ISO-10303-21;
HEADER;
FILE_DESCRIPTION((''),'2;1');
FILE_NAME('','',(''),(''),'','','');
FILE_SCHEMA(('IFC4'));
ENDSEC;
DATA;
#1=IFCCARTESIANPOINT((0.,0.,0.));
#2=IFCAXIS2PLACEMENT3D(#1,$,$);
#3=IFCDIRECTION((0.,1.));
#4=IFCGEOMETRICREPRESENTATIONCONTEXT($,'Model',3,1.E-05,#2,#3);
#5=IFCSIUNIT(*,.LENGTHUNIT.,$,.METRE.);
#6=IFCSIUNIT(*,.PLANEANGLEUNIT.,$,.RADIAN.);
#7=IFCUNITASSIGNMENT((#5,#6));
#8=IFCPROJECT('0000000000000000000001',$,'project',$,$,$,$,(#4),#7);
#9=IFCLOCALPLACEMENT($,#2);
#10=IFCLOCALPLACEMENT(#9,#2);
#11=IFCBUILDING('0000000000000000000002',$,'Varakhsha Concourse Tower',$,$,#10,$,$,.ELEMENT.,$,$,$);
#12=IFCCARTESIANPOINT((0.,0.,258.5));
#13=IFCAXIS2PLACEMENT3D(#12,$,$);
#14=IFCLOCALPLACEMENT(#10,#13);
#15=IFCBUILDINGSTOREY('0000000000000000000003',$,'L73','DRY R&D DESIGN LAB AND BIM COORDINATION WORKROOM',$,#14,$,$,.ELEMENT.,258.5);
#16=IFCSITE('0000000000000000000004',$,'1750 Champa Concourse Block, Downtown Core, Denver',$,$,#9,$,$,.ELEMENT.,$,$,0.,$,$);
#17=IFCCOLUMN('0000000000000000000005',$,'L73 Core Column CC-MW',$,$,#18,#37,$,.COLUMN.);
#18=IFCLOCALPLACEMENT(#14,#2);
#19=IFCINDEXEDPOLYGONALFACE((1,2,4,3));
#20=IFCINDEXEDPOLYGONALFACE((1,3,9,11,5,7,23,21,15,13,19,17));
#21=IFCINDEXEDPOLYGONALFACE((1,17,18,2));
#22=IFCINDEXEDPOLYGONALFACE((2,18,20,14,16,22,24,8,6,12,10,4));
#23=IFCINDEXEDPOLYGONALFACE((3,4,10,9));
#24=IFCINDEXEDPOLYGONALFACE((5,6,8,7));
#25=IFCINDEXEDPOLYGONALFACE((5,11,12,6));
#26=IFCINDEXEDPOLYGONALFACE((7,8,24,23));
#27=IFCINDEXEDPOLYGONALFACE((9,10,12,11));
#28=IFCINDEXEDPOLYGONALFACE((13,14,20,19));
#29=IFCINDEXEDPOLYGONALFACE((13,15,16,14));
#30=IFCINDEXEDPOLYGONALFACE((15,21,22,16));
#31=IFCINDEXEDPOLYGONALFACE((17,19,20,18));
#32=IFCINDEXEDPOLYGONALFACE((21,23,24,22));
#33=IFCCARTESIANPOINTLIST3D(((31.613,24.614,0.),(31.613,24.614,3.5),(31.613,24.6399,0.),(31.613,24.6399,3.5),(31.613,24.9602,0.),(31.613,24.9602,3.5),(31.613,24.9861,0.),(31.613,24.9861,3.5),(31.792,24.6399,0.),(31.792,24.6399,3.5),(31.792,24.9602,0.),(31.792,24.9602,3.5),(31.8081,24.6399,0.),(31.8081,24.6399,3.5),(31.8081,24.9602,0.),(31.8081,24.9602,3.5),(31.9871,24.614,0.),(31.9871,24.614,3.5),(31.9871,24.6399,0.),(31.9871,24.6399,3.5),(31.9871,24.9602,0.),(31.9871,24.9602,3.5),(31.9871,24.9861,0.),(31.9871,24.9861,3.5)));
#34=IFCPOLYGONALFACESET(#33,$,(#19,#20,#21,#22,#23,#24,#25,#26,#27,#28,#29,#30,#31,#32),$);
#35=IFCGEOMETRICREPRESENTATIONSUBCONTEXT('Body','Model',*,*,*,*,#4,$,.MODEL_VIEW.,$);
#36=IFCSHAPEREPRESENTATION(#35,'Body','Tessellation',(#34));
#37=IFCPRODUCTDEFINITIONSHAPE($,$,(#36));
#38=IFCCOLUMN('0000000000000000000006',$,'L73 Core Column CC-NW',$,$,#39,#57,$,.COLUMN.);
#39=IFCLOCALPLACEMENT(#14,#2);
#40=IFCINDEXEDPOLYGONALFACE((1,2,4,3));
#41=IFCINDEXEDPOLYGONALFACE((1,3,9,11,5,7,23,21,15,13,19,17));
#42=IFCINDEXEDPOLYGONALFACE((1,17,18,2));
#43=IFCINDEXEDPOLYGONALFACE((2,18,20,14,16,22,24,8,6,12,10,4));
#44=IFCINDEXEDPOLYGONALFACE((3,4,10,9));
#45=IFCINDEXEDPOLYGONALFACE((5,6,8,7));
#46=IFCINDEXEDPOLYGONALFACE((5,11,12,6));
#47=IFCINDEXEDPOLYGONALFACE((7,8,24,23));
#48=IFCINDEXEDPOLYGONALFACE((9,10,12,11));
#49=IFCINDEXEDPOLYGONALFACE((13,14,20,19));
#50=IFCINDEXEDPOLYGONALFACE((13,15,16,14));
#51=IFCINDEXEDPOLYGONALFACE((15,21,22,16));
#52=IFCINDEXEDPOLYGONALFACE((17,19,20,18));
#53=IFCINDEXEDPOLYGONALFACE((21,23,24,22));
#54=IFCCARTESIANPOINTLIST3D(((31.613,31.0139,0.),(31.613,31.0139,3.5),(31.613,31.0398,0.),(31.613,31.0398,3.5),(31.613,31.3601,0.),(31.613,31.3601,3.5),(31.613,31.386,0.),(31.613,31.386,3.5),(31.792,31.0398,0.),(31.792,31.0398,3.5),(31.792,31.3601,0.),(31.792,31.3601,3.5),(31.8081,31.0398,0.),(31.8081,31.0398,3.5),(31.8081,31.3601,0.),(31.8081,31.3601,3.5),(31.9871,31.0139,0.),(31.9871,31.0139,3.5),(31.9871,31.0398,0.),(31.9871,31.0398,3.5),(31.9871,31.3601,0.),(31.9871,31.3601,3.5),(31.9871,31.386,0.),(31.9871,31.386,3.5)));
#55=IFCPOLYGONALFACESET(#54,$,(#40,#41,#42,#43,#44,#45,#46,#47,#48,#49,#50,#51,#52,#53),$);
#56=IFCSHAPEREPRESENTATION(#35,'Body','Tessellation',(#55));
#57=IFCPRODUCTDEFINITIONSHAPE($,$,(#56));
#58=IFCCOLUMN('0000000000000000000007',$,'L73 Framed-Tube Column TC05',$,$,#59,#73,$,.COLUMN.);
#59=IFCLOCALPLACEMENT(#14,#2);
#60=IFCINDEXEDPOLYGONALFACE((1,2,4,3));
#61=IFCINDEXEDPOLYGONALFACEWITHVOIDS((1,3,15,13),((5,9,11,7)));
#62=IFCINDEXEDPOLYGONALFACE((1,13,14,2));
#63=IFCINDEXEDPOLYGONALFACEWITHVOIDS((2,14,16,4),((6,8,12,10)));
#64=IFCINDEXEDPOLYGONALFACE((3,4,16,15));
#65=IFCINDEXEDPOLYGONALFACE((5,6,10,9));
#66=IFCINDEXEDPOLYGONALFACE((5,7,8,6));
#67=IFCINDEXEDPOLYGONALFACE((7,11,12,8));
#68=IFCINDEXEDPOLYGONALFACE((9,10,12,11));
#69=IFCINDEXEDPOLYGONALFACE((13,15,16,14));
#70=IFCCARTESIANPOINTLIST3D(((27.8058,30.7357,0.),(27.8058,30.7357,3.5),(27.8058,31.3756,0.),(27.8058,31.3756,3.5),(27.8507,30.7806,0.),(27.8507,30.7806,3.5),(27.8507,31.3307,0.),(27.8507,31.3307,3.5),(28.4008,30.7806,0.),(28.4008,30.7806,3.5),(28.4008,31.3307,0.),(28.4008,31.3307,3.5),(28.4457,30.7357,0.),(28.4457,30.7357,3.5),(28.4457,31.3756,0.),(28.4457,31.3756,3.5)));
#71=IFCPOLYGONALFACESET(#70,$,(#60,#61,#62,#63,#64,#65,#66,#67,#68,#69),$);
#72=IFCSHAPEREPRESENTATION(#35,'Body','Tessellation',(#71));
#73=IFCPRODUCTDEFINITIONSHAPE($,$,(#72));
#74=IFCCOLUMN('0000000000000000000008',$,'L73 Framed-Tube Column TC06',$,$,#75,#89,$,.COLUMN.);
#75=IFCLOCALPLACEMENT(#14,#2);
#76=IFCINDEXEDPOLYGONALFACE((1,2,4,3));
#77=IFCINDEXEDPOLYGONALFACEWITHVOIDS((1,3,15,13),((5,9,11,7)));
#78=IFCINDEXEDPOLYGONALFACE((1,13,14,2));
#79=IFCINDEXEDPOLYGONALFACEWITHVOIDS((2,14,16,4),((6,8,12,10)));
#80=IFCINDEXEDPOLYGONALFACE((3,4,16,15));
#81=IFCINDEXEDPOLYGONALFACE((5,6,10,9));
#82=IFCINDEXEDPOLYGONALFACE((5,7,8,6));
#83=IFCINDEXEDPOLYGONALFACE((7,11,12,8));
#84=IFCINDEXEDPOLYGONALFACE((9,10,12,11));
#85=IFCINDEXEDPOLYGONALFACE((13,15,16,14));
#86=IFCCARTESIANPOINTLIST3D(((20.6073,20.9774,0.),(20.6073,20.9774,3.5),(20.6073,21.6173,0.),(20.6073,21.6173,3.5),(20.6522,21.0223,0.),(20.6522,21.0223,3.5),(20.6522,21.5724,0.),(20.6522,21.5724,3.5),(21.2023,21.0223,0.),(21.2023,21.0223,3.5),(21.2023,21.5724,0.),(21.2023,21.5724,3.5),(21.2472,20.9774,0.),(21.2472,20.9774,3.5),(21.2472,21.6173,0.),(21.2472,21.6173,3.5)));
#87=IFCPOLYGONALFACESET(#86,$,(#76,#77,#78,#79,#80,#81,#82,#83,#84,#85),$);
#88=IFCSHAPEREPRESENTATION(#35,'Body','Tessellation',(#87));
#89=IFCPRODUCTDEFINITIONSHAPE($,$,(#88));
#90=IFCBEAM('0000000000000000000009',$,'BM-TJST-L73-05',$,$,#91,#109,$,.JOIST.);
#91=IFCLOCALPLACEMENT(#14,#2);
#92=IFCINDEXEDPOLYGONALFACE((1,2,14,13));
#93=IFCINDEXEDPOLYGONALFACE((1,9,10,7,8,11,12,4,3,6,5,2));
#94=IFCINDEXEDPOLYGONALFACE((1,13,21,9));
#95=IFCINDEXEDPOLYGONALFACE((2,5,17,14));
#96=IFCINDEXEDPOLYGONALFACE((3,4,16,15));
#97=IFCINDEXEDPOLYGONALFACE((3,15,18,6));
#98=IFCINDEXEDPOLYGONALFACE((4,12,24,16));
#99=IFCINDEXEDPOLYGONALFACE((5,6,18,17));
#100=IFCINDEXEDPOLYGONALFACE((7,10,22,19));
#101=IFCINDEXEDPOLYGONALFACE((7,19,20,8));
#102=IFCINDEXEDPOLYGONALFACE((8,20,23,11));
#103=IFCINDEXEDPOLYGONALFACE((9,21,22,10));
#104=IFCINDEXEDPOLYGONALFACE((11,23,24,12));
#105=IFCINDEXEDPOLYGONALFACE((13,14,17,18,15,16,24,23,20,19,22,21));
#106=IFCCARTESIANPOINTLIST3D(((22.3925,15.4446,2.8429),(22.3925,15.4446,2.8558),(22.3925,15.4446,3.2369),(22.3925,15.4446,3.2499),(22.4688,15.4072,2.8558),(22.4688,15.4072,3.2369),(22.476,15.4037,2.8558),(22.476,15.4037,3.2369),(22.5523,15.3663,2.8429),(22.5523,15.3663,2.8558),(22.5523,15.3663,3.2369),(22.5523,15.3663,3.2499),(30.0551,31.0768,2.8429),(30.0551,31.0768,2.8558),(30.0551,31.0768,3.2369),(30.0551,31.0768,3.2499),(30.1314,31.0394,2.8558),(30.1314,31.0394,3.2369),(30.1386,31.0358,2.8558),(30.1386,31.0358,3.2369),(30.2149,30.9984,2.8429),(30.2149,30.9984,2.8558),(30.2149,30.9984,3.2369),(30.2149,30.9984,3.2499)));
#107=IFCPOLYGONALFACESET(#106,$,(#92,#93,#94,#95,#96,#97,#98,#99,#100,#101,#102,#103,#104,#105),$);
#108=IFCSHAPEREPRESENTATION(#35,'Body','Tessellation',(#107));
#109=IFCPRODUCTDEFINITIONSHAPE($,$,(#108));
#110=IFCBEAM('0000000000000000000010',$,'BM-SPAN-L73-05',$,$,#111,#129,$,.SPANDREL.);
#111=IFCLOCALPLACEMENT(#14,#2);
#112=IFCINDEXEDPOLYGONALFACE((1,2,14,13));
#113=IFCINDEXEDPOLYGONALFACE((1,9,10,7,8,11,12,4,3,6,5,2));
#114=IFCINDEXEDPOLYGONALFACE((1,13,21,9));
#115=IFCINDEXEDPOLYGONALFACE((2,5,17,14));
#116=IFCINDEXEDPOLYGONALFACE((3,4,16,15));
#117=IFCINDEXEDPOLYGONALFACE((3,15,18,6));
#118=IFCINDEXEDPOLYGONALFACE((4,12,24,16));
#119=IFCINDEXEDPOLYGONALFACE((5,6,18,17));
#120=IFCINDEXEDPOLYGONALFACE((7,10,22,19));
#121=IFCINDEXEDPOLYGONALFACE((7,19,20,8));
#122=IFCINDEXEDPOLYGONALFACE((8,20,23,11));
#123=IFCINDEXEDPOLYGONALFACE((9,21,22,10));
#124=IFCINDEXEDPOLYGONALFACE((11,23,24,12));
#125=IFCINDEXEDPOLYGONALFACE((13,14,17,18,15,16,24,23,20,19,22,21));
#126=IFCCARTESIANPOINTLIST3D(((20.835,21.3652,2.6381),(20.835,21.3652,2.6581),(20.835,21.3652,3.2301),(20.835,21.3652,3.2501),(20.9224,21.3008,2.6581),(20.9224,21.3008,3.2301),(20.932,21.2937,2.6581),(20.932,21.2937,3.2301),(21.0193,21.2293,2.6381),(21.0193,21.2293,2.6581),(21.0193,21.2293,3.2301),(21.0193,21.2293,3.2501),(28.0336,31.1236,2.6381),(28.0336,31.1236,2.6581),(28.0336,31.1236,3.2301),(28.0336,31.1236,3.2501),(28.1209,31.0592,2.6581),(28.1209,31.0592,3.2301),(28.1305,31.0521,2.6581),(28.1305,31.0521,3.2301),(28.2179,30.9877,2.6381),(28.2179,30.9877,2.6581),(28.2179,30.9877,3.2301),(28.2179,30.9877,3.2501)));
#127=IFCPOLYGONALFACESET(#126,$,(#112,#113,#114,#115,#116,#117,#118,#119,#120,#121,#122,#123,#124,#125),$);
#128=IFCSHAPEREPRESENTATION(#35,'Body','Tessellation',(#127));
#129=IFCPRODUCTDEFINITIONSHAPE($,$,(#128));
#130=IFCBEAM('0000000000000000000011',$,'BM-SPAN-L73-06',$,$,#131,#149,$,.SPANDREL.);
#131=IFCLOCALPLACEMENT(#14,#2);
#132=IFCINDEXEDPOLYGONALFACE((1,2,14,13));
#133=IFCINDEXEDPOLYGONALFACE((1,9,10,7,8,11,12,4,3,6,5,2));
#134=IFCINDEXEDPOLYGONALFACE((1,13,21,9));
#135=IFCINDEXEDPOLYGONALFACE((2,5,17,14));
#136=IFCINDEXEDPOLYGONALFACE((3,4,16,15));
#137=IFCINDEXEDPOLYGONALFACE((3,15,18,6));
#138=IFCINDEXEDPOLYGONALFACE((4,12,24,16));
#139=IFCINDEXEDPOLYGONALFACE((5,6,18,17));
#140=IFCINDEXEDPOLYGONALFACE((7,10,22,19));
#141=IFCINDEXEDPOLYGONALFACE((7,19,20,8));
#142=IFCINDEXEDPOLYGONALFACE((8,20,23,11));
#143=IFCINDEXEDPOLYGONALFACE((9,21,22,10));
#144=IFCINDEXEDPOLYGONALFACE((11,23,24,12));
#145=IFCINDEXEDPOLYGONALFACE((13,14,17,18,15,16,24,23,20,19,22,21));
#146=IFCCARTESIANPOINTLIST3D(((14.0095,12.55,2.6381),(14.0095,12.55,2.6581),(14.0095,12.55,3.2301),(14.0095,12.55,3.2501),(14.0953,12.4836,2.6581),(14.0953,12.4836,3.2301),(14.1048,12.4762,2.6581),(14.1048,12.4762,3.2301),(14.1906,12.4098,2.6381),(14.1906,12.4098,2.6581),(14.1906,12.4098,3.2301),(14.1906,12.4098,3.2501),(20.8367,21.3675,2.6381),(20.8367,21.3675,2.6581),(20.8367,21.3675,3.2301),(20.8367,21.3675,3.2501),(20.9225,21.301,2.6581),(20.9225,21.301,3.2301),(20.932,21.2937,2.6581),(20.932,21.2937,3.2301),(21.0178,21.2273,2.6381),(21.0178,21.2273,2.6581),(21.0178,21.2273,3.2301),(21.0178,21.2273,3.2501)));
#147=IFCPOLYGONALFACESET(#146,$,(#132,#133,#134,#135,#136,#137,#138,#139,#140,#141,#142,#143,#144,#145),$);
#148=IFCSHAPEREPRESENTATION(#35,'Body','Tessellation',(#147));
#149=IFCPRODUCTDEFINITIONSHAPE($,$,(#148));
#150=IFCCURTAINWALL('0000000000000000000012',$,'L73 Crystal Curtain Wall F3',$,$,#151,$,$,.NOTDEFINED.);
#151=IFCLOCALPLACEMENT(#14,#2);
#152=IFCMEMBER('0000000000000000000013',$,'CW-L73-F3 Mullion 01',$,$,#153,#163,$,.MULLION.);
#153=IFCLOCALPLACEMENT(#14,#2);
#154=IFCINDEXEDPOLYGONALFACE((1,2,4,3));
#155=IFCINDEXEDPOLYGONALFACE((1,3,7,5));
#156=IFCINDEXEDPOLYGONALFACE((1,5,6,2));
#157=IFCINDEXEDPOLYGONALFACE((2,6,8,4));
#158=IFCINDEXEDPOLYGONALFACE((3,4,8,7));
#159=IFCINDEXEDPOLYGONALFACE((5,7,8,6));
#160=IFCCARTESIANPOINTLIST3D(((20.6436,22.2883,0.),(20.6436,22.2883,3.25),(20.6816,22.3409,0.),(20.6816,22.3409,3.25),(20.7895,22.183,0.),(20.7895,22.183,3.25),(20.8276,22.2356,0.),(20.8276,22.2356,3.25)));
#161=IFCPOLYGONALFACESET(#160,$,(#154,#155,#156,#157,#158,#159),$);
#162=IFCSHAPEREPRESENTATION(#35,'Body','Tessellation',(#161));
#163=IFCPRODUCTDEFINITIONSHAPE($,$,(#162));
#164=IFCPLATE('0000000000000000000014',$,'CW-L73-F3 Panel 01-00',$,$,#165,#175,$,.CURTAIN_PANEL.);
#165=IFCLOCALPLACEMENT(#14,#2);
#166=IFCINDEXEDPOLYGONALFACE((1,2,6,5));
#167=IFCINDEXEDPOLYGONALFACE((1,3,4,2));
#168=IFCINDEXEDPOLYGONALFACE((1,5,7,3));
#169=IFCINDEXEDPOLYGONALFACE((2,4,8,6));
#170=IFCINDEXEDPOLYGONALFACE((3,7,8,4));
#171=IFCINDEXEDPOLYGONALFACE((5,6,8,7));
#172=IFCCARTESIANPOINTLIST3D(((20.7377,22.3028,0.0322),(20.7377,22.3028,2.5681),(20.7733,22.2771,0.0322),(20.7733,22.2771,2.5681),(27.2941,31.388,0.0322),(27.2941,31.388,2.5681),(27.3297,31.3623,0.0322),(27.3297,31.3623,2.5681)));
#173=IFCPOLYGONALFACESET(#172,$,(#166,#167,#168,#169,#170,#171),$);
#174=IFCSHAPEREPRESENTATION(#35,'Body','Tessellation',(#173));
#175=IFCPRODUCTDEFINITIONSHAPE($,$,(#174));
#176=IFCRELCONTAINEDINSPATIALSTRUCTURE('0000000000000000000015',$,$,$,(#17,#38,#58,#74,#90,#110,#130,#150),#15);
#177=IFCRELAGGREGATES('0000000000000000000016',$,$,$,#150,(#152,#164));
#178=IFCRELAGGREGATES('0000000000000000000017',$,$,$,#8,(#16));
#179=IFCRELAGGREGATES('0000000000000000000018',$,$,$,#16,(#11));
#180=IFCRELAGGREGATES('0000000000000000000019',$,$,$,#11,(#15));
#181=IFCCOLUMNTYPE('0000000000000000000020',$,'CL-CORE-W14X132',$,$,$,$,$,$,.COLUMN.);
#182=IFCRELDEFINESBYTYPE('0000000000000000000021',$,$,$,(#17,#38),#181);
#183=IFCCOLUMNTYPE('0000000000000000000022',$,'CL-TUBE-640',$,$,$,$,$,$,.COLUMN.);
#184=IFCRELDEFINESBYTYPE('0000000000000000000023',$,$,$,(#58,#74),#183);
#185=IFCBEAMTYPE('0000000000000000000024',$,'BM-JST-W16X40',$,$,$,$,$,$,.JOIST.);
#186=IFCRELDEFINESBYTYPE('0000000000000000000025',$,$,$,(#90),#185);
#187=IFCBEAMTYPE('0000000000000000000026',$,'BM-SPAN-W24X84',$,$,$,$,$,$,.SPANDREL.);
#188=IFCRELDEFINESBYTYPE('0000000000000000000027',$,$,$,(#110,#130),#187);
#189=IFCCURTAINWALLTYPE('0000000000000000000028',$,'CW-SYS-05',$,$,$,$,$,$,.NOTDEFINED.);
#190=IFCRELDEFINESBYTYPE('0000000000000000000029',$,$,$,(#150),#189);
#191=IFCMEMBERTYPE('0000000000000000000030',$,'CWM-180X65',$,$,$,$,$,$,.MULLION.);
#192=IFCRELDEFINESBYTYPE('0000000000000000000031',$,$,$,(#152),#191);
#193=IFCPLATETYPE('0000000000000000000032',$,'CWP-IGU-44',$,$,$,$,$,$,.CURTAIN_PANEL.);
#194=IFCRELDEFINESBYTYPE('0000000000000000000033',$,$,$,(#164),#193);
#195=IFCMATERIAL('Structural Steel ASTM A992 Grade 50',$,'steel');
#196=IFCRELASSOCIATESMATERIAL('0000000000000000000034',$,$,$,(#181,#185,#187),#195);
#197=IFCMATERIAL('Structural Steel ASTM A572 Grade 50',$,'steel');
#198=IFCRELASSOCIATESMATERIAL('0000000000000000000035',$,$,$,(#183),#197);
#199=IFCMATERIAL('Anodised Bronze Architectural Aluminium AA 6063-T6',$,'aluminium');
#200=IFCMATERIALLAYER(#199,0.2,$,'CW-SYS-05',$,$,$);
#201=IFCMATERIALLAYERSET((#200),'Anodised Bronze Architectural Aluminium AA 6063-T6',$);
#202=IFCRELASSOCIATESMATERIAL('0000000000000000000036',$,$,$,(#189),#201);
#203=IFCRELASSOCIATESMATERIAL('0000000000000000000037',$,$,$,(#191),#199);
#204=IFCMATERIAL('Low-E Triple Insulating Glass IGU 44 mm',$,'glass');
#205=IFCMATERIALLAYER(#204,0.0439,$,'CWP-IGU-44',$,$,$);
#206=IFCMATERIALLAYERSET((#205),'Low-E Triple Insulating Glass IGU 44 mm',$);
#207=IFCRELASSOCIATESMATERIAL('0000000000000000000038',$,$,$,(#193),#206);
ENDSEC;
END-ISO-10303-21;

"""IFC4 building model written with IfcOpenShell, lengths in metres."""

from ifc_helpers import new_model, si_unit, direction, frame, origin, origin_2d, place, context, subcontext, project, spatial, rectangle, hollow_rectangle, i_section, extrude, source, transform, mapped, material, layer, layer_set, material_profile, profile_set, type_object, type_shapes, element, aggregate, save


model = new_model("IFC4")

# Units and contexts
model_context = context("Model", 3, precision=1e-05, world=origin(), true_north=direction((0.0, 1.0)))
body_context = subcontext(model_context, "Body", "Model", "MODEL_VIEW")
ifc_project = project(units=[si_unit("LENGTHUNIT", "METRE"), si_unit("PLANEANGLEUNIT", "RADIAN")], contexts=[model_context])

# Site, building, storey
site_placement = place(None, origin())
site = spatial("IfcSite", under=ifc_project, at=site_placement, Name="1750 Champa Concourse Block, Downtown Core, Denver", CompositionType="ELEMENT", RefElevation=0.0)
building_placement = place(site_placement, origin())
building = spatial("IfcBuilding", under=site, at=building_placement, Name="Varakhsha Concourse Tower", CompositionType="ELEMENT")
storey_placement = place(building_placement, frame((0.0, 0.0, 258.5)))
storey = spatial("IfcBuildingStorey", under=building, at=storey_placement, Name="L73", Description="DRY R&D DESIGN LAB AND BIM COORDINATION WORKROOM", CompositionType="ELEMENT", Elevation=258.5)

# Columns
ifc_material_1 = material(Name="Structural Steel ASTM A992 Grade 50", Category="steel")
ifc_material_profile_1 = material_profile(ifc_material_1, i_section(OverallWidth=0.374, OverallDepth=0.3721, WebThickness=0.0161, FlangeThickness=0.0259, at=origin_2d()), Name="W14X132")
ifc_profile_set_1 = profile_set([ifc_material_profile_1], Name="Structural Steel ASTM A992 Grade 50")
column_type_1 = type_object("IfcColumnType", Name="CL-CORE-W14X132", PredefinedType="COLUMN", material=ifc_profile_set_1)
for number, where, z_axis, x_axis, name in (
    (1, (31.8, 24.8, 0.0), (0.0, 0.0, 1.0), (1.0, 0.0, 0.0), "L73 Core Column CC-MW"),
    (2, (31.8, 31.2, 0.0), (0.0, 0.0, 1.0), (1.0, 0.0, 0.0), "L73 Core Column CC-NW"),
):
    element("IfcColumn", number, at=place(storey_placement, frame(where, z_axis=z_axis, x_axis=x_axis)), inside=storey, type_object=column_type_1, Name=name, PredefinedType="COLUMN", context=body_context, shape_type="SweptSolid", body=[
        extrude(i_section(OverallWidth=0.374, OverallDepth=0.3721, WebThickness=0.0161, FlangeThickness=0.0259, at=origin_2d()), origin(), (0.0, 0.0, 1.0), 3.5),
    ])
ifc_material_2 = material(Name="Structural Steel ASTM A572 Grade 50", Category="steel")
ifc_material_profile_2 = material_profile(ifc_material_2, hollow_rectangle(XDim=0.6399, YDim=0.6399, WallThickness=0.0449, at=origin_2d()), Name="BOX 640x640x45")
ifc_profile_set_2 = profile_set([ifc_material_profile_2], Name="Structural Steel ASTM A572 Grade 50")
column_type_2 = type_object("IfcColumnType", Name="CL-TUBE-640", PredefinedType="COLUMN", material=ifc_profile_set_2)
for number, where, z_axis, x_axis, name in (
    (3, (28.1257, 31.0557, 0.0), (0.0, 0.0, 1.0), (1.0, 0.0, 0.0), "L73 Framed-Tube Column TC05"),
    (4, (20.9272, 21.2974, 0.0), (0.0, 0.0, 1.0), (1.0, 0.0, 0.0), "L73 Framed-Tube Column TC06"),
):
    element("IfcColumn", number, at=place(storey_placement, frame(where, z_axis=z_axis, x_axis=x_axis)), inside=storey, type_object=column_type_2, Name=name, PredefinedType="COLUMN", context=body_context, shape_type="SweptSolid", body=[
        extrude(hollow_rectangle(XDim=0.6399, YDim=0.6399, WallThickness=0.0449, at=origin_2d()), origin(), (0.0, 0.0, 1.0), 3.5),
    ])

# Beams
ifc_material_profile_3 = material_profile(ifc_material_1, i_section(OverallWidth=0.178, OverallDepth=0.407, WebThickness=0.0081, FlangeThickness=0.0129, at=origin_2d()), Name="W16X40")
ifc_profile_set_3 = profile_set([ifc_material_profile_3], Name="Structural Steel ASTM A992 Grade 50")
beam_type_1 = type_object("IfcBeamType", Name="BM-JST-W16X40", PredefinedType="JOIST", material=ifc_profile_set_3)
beam_1_placement = place(storey_placement, frame((30.135, 31.0376, 3.0464), z_axis=(-0.440149, -0.897925, 0.0), x_axis=(0.897925, -0.440149, 0.0)))
element("IfcBeam", 5, at=beam_1_placement, inside=storey, type_object=beam_type_1, Name="BM-TJST-L73-05", PredefinedType="JOIST", context=body_context, shape_type="SweptSolid", body=[
    extrude(i_section(OverallWidth=0.178, OverallDepth=0.407, WebThickness=0.0081, FlangeThickness=0.0129, at=origin_2d()), origin(), (0.0, 0.0, 1.0), 17.4092),
])
ifc_material_profile_4 = material_profile(ifc_material_1, i_section(OverallWidth=0.229, OverallDepth=0.6121, WebThickness=0.012, FlangeThickness=0.02, at=origin_2d()), Name="W24X84")
ifc_profile_set_4 = profile_set([ifc_material_profile_4], Name="Structural Steel ASTM A992 Grade 50")
beam_type_2 = type_object("IfcBeamType", Name="BM-SPAN-W24X84", PredefinedType="SPANDREL", material=ifc_profile_set_4)
beam_2_placement = place(storey_placement, frame((28.1257, 31.0557, 2.9441), z_axis=(-0.593635, -0.804734, 0.0), x_axis=(0.804734, -0.593635, 0.0)))
element("IfcBeam", 6, at=beam_2_placement, inside=storey, type_object=beam_type_2, Name="BM-SPAN-L73-05", PredefinedType="SPANDREL", context=body_context, shape_type="SweptSolid", body=[
    extrude(i_section(OverallWidth=0.229, OverallDepth=0.6121, WebThickness=0.012, FlangeThickness=0.02, at=origin_2d()), origin(), (0.0, 0.0, 1.0), 12.1262),
])
beam_3_placement = place(storey_placement, frame((20.9272, 21.2974, 2.9441), z_axis=(-0.612217, -0.79069, 0.0), x_axis=(0.79069, -0.612217, 0.0)))
element("IfcBeam", 7, at=beam_3_placement, inside=storey, type_object=beam_type_2, Name="BM-SPAN-L73-06", PredefinedType="SPANDREL", context=body_context, shape_type="SweptSolid", body=[
    extrude(i_section(OverallWidth=0.229, OverallDepth=0.6121, WebThickness=0.012, FlangeThickness=0.02, at=origin_2d()), origin(), (0.0, 0.0, 1.0), 11.1516),
])

# Curtain wall, member, plate
ifc_material_3 = material(Name="Anodised Bronze Architectural Aluminium AA 6063-T6", Category="aluminium")
ifc_layer_1 = layer(ifc_material_3, 0.2, Name="CW-SYS-05")
ifc_layer_set_1 = layer_set([ifc_layer_1], Name="Anodised Bronze Architectural Aluminium AA 6063-T6")
curtain_wall_type = type_object("IfcCurtainWallType", Name="CW-SYS-05", PredefinedType="NOTDEFINED", material=ifc_layer_set_1)
curtain_wall_placement = place(storey_placement, origin())
curtain_wall = element("IfcCurtainWall", 8, at=curtain_wall_placement, inside=storey, type_object=curtain_wall_type, Name="L73 Crystal Curtain Wall F3", PredefinedType="NOTDEFINED")
ifc_material_profile_5 = material_profile(ifc_material_3, rectangle(XDim=0.0649, YDim=0.1799, at=origin_2d()), Name="CWM-180X65")
ifc_profile_set_5 = profile_set([ifc_material_profile_5], Name="Anodised Bronze Architectural Aluminium AA 6063-T6")
member_type = type_object("IfcMemberType", Name="CWM-180X65", PredefinedType="MULLION", material=ifc_profile_set_5)
shared_shape_1 = source(origin(), body_context, "Body", "SweptSolid", [
    extrude(rectangle(XDim=0.0649, YDim=0.1799, at=origin_2d()), origin(), (0.0, 0.0, 1.0), 3.25),
])
type_shapes(member_type, [shared_shape_1])
member_placement = place(storey_placement, frame((20.7356, 22.262, 0.0), z_axis=(0.0, 0.0, 1.0), x_axis=(0.585188, 0.810897, 0.0)))
member = element("IfcMember", 9, at=member_placement, type_object=member_type, Name="CW-L73-F3 Mullion 01", PredefinedType="MULLION", context=body_context, shape_type="MappedRepresentation", body=[
    mapped(shared_shape_1, transform((0.0, 0.0, 0.0), scale=1.0)),
])
ifc_material_4 = material(Name="Low-E Triple Insulating Glass IGU 44 mm", Category="glass")
ifc_layer_2 = layer(ifc_material_4, 0.0439, Name="CWP-IGU-44")
ifc_layer_set_2 = layer_set([ifc_layer_2], Name="Low-E Triple Insulating Glass IGU 44 mm")
plate_type_1 = type_object("IfcPlateType", Name="CWP-IGU-44", PredefinedType="CURTAIN_PANEL", material=ifc_layer_set_2)
shared_shape_2 = source(origin(), body_context, "Body", "SweptSolid", [
    extrude(rectangle(XDim=11.2039, YDim=0.0439, at=origin_2d()), origin(), (0.0, 0.0, 1.0), 2.5359),
])
type_shapes(plate_type_1, [shared_shape_2])
plate_1_placement = place(storey_placement, frame((24.0337, 26.8325, 0.0322), z_axis=(0.0, 0.0, 1.0), x_axis=(0.585188, 0.810897, 0.0)))
plate_1 = element("IfcPlate", 10, at=plate_1_placement, type_object=plate_type_1, Name="CW-L73-F3 Panel 01-00", PredefinedType="CURTAIN_PANEL", context=body_context, shape_type="MappedRepresentation", body=[
    mapped(shared_shape_2, transform((0.0, 0.0, 0.0), scale=1.0)),
])
aggregate(curtain_wall, [member, plate_1])

save(model, "model.ifc")
